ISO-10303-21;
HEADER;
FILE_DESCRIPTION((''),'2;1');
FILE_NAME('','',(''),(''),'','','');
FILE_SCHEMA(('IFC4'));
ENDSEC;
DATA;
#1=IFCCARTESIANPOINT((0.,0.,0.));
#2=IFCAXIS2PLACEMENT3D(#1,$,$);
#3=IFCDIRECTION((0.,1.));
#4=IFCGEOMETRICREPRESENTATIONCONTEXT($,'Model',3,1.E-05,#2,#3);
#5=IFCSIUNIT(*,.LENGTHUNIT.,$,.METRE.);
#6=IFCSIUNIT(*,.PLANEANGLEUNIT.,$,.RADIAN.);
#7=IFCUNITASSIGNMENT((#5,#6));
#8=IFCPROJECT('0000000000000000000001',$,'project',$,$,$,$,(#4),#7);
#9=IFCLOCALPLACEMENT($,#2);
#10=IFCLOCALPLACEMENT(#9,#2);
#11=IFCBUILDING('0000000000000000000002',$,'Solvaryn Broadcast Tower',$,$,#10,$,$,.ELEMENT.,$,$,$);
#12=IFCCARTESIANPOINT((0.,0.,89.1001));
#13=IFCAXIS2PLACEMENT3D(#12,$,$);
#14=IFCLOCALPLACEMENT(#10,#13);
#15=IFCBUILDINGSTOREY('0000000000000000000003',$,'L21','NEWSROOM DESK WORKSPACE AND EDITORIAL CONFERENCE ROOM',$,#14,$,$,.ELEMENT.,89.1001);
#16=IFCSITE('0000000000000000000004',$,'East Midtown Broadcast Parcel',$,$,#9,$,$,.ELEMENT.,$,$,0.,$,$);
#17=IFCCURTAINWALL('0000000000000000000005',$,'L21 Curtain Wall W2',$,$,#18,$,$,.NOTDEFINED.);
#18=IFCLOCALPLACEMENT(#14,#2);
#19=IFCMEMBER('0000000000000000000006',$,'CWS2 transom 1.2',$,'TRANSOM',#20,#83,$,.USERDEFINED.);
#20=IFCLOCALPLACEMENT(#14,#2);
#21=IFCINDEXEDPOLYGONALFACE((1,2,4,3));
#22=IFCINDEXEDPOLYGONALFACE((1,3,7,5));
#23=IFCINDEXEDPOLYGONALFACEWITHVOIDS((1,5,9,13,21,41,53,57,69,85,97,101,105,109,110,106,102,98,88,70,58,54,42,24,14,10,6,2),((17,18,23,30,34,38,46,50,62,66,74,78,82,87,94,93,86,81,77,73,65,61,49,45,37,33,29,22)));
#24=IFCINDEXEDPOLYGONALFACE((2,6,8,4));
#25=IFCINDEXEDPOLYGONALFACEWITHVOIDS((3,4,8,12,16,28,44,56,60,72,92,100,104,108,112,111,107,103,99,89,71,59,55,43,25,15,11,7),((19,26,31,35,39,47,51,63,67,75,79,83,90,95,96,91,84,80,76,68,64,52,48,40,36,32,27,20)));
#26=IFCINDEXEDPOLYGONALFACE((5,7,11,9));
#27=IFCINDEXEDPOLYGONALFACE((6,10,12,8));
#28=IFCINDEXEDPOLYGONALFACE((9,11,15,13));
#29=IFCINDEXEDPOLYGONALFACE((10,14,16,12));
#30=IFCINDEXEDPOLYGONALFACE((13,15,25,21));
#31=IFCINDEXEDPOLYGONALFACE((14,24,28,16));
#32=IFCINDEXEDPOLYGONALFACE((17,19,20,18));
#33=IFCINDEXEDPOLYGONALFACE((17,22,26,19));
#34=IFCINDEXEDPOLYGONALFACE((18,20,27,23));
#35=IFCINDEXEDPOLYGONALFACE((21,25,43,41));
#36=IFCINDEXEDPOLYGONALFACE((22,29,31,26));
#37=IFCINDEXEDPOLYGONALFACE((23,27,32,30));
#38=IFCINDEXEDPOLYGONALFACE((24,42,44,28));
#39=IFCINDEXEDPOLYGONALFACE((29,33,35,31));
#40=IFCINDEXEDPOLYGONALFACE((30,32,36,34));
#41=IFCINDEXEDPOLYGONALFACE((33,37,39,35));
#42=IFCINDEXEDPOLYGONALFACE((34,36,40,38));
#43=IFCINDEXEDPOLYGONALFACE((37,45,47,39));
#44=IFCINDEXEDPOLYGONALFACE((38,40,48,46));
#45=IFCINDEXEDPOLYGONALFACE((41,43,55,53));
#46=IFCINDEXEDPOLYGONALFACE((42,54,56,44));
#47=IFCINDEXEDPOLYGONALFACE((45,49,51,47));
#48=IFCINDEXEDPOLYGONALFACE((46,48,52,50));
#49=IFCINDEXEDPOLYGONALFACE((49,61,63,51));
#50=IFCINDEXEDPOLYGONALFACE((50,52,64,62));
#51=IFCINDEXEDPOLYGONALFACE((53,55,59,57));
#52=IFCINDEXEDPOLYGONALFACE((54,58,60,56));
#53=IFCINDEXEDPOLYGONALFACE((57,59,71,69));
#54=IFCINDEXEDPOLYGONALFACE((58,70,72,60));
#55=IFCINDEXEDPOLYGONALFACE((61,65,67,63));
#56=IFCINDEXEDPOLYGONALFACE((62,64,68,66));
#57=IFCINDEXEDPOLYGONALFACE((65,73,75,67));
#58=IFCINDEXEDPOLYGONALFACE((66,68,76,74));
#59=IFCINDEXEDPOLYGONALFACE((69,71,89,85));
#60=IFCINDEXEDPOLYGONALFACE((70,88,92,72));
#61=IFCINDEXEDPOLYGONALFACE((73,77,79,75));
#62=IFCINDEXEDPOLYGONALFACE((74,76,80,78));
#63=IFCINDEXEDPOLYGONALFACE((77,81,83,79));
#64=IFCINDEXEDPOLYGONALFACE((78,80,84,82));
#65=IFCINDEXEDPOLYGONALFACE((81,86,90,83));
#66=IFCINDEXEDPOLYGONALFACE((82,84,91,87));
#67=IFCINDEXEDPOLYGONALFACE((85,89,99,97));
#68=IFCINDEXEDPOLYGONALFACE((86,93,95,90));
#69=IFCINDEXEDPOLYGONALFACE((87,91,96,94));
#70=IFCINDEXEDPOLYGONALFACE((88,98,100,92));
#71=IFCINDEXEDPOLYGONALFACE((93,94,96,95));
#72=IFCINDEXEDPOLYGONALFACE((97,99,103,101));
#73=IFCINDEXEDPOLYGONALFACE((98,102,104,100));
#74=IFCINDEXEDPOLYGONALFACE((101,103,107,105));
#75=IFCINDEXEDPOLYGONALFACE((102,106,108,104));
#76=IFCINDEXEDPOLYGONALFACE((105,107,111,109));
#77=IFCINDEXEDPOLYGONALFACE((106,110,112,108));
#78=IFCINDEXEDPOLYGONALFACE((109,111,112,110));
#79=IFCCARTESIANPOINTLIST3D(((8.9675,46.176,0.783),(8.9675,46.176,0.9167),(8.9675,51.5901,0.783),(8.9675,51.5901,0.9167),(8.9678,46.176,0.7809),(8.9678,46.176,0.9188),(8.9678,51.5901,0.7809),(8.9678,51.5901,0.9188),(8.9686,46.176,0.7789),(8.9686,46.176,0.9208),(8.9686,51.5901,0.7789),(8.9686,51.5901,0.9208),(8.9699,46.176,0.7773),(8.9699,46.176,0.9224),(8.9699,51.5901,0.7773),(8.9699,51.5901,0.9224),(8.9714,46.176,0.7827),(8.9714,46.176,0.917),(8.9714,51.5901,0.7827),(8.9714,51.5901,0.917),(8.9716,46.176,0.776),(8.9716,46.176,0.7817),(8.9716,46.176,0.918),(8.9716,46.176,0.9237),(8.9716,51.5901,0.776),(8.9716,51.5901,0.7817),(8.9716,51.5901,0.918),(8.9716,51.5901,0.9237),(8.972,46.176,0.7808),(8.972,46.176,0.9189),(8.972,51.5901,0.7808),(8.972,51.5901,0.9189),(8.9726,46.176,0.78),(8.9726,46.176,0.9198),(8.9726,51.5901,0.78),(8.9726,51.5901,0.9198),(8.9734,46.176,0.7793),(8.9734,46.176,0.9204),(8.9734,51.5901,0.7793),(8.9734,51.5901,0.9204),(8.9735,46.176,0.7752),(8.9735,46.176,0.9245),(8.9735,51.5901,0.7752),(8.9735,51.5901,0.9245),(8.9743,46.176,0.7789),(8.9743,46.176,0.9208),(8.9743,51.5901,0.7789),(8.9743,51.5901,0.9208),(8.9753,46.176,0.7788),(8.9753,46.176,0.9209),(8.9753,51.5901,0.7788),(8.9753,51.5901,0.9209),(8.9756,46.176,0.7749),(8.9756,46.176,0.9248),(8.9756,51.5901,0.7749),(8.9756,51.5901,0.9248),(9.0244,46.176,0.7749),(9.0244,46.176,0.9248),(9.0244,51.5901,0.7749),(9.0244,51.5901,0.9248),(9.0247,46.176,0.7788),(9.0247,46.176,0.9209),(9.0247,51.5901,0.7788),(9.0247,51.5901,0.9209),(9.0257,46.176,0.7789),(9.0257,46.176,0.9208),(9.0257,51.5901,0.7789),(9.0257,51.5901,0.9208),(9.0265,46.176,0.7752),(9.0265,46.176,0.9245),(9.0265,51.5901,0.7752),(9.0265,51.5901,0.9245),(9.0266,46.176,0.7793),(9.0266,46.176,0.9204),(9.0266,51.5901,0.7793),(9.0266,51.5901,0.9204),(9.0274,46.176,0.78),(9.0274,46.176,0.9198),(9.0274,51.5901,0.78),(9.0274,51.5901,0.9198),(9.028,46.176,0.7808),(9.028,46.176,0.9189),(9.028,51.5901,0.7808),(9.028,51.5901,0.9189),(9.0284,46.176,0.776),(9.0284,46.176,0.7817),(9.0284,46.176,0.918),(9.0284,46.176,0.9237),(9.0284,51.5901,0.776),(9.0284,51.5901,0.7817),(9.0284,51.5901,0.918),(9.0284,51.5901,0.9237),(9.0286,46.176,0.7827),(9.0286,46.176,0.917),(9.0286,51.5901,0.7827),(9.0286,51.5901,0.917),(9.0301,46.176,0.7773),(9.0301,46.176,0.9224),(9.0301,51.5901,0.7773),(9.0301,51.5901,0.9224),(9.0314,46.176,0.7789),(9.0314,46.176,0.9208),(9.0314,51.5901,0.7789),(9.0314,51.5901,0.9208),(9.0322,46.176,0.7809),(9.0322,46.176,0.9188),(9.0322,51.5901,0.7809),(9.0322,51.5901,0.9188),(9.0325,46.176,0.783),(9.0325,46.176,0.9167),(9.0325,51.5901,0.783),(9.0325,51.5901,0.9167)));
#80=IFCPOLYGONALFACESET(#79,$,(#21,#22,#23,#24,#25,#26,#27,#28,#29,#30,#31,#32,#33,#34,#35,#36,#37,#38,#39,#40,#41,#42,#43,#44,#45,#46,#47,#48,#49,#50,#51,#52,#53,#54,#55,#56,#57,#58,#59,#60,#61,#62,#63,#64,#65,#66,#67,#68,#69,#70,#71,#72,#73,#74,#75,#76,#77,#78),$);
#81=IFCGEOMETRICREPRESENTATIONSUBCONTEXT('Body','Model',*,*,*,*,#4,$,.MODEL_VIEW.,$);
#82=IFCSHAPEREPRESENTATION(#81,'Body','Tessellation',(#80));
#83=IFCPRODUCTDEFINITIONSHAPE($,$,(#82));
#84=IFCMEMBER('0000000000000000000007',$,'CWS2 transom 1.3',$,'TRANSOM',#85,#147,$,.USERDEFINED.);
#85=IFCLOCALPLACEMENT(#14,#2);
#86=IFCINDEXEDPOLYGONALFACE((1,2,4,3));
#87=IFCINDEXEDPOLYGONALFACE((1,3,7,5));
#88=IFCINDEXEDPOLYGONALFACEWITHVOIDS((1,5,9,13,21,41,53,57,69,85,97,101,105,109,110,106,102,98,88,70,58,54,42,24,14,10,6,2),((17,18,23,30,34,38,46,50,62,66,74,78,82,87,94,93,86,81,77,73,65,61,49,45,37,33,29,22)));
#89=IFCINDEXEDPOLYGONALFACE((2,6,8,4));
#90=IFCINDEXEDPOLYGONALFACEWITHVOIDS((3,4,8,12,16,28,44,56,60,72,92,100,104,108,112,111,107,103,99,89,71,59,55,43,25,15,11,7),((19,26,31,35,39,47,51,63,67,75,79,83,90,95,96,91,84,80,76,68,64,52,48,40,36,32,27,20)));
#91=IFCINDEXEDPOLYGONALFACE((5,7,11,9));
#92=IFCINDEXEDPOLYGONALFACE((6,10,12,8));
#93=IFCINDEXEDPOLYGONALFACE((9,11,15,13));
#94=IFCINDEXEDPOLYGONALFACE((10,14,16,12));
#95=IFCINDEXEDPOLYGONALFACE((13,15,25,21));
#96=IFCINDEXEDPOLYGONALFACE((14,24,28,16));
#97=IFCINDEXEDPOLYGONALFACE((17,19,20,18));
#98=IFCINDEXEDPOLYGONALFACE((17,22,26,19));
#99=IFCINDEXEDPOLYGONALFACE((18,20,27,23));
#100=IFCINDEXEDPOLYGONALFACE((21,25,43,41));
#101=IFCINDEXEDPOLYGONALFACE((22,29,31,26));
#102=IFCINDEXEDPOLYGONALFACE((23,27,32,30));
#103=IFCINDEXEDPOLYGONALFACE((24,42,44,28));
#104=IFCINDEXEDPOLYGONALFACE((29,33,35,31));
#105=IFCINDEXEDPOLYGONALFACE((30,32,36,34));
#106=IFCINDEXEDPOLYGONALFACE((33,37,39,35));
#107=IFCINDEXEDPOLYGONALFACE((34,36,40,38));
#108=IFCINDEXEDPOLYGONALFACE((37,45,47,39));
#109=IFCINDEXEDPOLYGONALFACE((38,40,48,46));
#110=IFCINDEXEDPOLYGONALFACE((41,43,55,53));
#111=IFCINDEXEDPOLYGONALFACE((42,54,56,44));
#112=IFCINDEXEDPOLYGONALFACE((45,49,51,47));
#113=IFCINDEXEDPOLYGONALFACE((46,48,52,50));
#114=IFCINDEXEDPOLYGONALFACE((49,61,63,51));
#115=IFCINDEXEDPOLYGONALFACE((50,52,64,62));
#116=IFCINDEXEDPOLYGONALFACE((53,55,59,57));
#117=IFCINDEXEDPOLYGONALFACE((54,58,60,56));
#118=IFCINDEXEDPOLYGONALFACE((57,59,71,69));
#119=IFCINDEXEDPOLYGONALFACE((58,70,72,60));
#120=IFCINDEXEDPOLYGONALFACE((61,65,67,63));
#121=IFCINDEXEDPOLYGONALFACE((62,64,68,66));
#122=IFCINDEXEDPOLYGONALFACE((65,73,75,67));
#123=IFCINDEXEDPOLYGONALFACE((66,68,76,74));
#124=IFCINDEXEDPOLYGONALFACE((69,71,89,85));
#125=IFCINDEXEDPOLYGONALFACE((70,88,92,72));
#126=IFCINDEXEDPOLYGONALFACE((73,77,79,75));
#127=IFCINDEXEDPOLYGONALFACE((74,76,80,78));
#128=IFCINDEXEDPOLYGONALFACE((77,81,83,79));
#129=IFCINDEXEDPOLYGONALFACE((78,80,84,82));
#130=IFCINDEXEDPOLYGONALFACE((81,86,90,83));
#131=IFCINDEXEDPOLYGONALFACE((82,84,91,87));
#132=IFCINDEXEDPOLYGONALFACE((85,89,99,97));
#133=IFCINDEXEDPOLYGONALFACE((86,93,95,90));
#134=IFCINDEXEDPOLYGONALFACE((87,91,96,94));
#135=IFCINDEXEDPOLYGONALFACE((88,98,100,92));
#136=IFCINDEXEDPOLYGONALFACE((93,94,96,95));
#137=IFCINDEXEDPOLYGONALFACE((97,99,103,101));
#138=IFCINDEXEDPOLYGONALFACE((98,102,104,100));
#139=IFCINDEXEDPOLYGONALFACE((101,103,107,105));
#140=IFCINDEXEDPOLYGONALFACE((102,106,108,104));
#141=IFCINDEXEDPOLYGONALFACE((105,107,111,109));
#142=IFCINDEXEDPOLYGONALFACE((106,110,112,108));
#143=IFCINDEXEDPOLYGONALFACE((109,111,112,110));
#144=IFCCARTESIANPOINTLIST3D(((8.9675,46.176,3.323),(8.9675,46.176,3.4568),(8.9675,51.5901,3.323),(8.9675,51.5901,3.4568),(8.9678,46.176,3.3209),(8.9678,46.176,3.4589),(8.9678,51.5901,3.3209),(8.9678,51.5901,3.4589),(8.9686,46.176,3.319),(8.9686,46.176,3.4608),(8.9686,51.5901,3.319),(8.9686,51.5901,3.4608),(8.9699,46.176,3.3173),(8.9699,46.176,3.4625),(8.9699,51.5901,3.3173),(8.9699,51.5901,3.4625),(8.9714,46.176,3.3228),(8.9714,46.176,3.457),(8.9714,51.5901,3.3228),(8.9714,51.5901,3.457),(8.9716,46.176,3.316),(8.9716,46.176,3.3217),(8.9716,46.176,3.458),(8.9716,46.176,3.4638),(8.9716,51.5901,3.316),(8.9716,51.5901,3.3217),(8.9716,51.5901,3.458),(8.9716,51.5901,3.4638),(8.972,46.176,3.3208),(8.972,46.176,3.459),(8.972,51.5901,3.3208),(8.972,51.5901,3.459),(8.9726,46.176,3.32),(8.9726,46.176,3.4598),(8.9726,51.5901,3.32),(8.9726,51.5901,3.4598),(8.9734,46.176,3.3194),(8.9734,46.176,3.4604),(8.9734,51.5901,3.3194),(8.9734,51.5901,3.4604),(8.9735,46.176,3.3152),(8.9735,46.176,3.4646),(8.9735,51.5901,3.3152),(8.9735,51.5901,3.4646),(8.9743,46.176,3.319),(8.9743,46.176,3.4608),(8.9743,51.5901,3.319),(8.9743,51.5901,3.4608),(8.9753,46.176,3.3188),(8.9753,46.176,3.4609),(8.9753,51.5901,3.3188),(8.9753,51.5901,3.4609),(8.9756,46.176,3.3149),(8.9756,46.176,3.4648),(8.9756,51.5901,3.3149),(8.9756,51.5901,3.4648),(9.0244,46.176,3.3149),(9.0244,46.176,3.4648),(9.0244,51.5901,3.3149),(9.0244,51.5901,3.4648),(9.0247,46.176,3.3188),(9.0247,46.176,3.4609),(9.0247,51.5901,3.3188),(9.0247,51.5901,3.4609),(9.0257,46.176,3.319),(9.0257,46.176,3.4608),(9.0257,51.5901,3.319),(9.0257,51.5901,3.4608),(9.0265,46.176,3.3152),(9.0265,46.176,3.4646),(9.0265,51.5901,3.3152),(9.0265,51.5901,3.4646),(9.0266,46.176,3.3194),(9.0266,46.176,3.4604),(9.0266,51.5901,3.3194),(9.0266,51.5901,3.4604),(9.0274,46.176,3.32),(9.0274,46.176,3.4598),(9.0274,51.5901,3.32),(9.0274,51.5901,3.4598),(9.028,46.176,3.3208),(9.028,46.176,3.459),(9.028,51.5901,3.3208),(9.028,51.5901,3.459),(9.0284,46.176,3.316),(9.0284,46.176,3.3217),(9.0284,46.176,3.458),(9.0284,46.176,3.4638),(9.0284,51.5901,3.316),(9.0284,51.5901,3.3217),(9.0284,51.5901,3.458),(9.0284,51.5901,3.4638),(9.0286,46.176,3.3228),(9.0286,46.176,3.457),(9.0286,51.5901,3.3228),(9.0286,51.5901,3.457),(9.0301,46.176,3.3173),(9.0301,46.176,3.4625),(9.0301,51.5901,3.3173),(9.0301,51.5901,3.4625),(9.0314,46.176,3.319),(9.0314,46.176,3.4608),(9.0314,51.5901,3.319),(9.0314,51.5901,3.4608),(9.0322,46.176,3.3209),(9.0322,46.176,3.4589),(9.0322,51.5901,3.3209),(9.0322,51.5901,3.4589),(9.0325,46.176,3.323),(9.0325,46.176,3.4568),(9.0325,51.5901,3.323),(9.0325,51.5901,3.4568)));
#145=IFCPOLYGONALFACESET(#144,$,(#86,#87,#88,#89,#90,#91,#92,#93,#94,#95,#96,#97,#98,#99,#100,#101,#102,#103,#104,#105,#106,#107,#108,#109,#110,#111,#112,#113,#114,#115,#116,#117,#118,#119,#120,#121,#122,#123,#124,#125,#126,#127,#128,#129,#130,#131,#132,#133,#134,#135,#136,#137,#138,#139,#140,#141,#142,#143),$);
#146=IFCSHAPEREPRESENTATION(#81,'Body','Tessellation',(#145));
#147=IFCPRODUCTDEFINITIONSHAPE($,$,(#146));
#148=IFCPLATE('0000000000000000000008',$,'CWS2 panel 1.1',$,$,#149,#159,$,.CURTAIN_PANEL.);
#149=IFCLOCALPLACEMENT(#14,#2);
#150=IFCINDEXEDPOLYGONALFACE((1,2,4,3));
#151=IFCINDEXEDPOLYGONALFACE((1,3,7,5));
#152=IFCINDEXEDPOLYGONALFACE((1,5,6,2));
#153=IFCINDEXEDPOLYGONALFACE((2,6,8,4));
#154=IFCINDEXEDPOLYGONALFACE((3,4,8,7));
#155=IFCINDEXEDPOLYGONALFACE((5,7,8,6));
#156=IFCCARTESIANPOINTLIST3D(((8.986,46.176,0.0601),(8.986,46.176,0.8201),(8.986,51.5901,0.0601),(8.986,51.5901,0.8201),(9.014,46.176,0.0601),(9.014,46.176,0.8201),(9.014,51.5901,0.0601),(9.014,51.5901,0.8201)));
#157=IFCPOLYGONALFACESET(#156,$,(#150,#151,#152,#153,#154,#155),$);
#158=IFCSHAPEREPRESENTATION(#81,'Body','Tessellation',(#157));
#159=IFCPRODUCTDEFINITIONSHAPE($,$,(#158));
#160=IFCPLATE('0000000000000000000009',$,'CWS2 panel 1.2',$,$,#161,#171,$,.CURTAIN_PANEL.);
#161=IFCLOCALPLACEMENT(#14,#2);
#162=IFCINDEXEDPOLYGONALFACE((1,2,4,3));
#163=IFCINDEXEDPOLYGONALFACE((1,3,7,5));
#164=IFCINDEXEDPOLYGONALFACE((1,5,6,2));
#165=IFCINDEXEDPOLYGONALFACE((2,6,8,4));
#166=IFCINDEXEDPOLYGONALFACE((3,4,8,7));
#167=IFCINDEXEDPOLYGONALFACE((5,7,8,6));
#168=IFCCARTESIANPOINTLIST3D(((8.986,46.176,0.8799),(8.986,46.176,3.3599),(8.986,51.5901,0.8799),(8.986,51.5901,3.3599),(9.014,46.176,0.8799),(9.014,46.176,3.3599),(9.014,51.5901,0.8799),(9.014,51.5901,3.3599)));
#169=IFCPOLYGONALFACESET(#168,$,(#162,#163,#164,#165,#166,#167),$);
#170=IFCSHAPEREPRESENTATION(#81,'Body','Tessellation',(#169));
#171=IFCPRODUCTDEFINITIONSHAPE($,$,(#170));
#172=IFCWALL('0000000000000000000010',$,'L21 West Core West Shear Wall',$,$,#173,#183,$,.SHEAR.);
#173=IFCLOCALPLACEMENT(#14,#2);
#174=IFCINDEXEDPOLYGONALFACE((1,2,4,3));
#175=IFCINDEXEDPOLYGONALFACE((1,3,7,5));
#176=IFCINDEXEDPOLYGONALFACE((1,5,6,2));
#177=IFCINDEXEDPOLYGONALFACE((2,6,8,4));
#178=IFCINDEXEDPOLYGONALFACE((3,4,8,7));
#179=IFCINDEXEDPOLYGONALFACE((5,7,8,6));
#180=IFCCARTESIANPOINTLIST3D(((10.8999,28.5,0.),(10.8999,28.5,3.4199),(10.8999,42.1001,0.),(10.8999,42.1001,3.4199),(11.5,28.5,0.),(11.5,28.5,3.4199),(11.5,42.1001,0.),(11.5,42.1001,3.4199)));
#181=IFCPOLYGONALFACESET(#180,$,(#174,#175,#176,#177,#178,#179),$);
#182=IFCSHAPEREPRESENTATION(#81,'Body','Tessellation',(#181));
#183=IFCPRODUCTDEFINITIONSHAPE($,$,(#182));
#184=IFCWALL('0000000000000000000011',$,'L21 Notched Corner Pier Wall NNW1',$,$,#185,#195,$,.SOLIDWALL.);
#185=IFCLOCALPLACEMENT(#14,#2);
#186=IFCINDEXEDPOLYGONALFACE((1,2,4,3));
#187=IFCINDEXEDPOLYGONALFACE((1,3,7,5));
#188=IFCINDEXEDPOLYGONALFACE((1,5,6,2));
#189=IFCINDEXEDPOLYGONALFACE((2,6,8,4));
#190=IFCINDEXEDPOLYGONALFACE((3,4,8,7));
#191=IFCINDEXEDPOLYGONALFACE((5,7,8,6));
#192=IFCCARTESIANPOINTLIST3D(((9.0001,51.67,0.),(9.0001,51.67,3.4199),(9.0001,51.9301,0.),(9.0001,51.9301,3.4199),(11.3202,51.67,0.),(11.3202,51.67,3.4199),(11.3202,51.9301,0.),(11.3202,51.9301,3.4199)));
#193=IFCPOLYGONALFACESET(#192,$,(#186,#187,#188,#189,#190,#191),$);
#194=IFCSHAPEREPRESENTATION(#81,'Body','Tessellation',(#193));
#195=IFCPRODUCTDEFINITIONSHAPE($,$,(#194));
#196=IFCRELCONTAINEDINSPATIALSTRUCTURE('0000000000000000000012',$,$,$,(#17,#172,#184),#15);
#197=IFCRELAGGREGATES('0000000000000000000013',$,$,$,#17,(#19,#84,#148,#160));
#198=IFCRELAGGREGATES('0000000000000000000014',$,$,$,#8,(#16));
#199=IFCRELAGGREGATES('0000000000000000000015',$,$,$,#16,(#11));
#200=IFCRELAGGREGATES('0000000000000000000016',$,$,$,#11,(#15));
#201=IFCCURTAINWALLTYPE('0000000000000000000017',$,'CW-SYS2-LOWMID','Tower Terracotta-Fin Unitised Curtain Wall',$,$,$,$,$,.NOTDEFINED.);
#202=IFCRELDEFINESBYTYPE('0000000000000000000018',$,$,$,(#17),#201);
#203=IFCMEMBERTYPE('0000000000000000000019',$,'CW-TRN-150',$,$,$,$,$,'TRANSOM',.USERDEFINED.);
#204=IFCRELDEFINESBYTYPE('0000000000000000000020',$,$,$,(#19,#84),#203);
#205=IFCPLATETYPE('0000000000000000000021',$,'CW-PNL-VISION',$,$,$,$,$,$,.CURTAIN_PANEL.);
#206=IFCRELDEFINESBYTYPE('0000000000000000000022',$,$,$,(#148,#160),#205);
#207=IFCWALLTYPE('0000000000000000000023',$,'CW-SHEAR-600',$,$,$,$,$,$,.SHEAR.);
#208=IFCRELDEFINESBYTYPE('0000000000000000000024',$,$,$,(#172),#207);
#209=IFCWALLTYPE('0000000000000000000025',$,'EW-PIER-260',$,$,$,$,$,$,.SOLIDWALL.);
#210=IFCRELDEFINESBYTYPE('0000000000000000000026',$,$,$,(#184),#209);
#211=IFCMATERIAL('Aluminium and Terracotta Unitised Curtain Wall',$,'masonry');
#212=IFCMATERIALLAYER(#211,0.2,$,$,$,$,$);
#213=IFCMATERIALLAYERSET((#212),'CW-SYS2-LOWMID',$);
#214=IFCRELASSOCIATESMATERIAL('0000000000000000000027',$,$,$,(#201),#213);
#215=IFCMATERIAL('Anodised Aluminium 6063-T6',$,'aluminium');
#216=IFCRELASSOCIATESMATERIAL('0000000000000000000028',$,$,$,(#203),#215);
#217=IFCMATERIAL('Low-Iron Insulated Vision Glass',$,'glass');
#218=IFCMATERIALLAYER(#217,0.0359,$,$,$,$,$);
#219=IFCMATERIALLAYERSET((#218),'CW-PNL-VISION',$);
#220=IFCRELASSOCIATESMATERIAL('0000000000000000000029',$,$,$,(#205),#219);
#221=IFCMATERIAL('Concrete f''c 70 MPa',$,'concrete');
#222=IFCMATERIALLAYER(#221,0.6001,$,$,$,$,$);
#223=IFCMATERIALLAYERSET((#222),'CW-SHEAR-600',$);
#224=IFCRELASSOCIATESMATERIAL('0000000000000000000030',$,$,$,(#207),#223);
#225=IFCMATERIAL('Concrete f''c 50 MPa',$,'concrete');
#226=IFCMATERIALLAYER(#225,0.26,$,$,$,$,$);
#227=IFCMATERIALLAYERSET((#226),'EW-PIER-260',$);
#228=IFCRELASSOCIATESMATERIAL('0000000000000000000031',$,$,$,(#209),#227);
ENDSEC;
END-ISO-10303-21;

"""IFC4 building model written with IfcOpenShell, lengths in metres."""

from ifc_helpers import new_model, si_unit, direction, frame, frame_2d, origin, origin_2d, place, context, subcontext, project, spatial, rectangle, hollow_rectangle, extrude, material, layer, layer_set, material_profile, profile_set, type_object, element, aggregate, save


model = new_model("IFC4")

# Units and contexts
model_context = context("Model", 3, precision=1e-05, world=origin(), true_north=direction((0.0, 1.0)))
body_context = subcontext(model_context, "Body", "Model", "MODEL_VIEW")
ifc_project = project(units=[si_unit("LENGTHUNIT", "METRE"), si_unit("PLANEANGLEUNIT", "RADIAN")], contexts=[model_context])

# Site, building, storey
site_placement = place(None, origin())
site = spatial("IfcSite", under=ifc_project, at=site_placement, Name="East Midtown Broadcast Parcel", CompositionType="ELEMENT", RefElevation=0.0)
building_placement = place(site_placement, origin())
building = spatial("IfcBuilding", under=site, at=building_placement, Name="Solvaryn Broadcast Tower", CompositionType="ELEMENT")
storey_placement = place(building_placement, frame((0.0, 0.0, 89.1001)))
storey = spatial("IfcBuildingStorey", under=building, at=storey_placement, Name="L21", Description="NEWSROOM DESK WORKSPACE AND EDITORIAL CONFERENCE ROOM", CompositionType="ELEMENT", Elevation=89.1001)

# Shared definitions
ifc_material_1 = material(Name="Aluminium and Terracotta Unitised Curtain Wall", Category="masonry")
ifc_layer_1 = layer(ifc_material_1, 0.2)
ifc_layer_set_1 = layer_set([ifc_layer_1], Name="CW-SYS2-LOWMID")
curtain_wall_type = type_object("IfcCurtainWallType", Name="CW-SYS2-LOWMID", Description="Tower Terracotta-Fin Unitised Curtain Wall", PredefinedType="NOTDEFINED", material=ifc_layer_set_1)

# Curtain wall
curtain_wall_1_placement = place(storey_placement, origin())
curtain_wall_1 = element("IfcCurtainWall", 1, at=curtain_wall_1_placement, inside=storey, type_object=curtain_wall_type, Name="L21 Curtain Wall W2", PredefinedType="NOTDEFINED")

# Members
ifc_material_2 = material(Name="Anodised Aluminium 6063-T6", Category="aluminium")
ifc_material_profile_1 = material_profile(ifc_material_2, hollow_rectangle(XDim=0.0649, YDim=0.1499, WallThickness=0.0039, InnerFilletRadius=0.0039, OuterFilletRadius=0.0081, at=origin_2d()))
ifc_profile_set_1 = profile_set([ifc_material_profile_1], Name="Anodised Aluminium 6063-T6")
member_type_1 = type_object("IfcMemberType", Name="CW-TRN-150", ElementType="TRANSOM", PredefinedType="USERDEFINED", material=ifc_profile_set_1)
member_1_placement = place(storey_placement, frame((9.0, 46.176, 0.8499), z_axis=(0.0, 1.0, 0.0), x_axis=(-1.0, 0.0, 0.0)))
member_1 = element("IfcMember", 2, at=member_1_placement, type_object=member_type_1, Name="CWS2 transom 1.2", ObjectType="TRANSOM", PredefinedType="USERDEFINED", context=body_context, shape_type="SweptSolid", body=[
    extrude(hollow_rectangle(XDim=0.0649, YDim=0.1499, WallThickness=0.0039, InnerFilletRadius=0.0039, OuterFilletRadius=0.0081, at=origin_2d()), origin(), (0.0, 0.0, 1.0), 5.4141),
])
member_2_placement = place(storey_placement, frame((9.0, 46.176, 3.3899), z_axis=(0.0, 1.0, 0.0), x_axis=(-1.0, 0.0, 0.0)))
member_2 = element("IfcMember", 3, at=member_2_placement, type_object=member_type_1, Name="CWS2 transom 1.3", ObjectType="TRANSOM", PredefinedType="USERDEFINED", context=body_context, shape_type="SweptSolid", body=[
    extrude(hollow_rectangle(XDim=0.0649, YDim=0.1499, WallThickness=0.0039, InnerFilletRadius=0.0039, OuterFilletRadius=0.0081, at=origin_2d()), origin(), (0.0, 0.0, 1.0), 5.4141),
])

# Plates
ifc_material_3 = material(Name="Low-Iron Insulated Vision Glass", Category="glass")
ifc_layer_2 = layer(ifc_material_3, 0.0359)
ifc_layer_set_2 = layer_set([ifc_layer_2], Name="CW-PNL-VISION")
plate_type = type_object("IfcPlateType", Name="CW-PNL-VISION", PredefinedType="CURTAIN_PANEL", material=ifc_layer_set_2)
plate_1_placement = place(storey_placement, frame((9.0, 48.8831, 0.0601), z_axis=(0.0, 0.0, 1.0), x_axis=(0.0, 1.0, 0.0)))
plate_1 = element("IfcPlate", 4, at=plate_1_placement, type_object=plate_type, Name="CWS2 panel 1.1", PredefinedType="CURTAIN_PANEL", context=body_context, shape_type="SweptSolid", body=[
    extrude(rectangle(XDim=5.4141, YDim=0.0281, at=origin_2d()), origin(), (0.0, 0.0, 1.0), 0.76),
])
plate_2_placement = place(storey_placement, frame((9.0, 48.8831, 0.8799), z_axis=(0.0, 0.0, 1.0), x_axis=(0.0, 1.0, 0.0)))
plate_2 = element("IfcPlate", 5, at=plate_2_placement, type_object=plate_type, Name="CWS2 panel 1.2", PredefinedType="CURTAIN_PANEL", context=body_context, shape_type="SweptSolid", body=[
    extrude(rectangle(XDim=5.4141, YDim=0.0281, at=origin_2d()), origin(), (0.0, 0.0, 1.0), 2.48),
])
aggregate(curtain_wall_1, [member_1, member_2, plate_1, plate_2])

# Walls
ifc_material_4 = material(Name="Concrete f'c 70 MPa", Category="concrete")
ifc_layer_3 = layer(ifc_material_4, 0.6001)
ifc_layer_set_3 = layer_set([ifc_layer_3], Name="CW-SHEAR-600")
wall_type_1 = type_object("IfcWallType", Name="CW-SHEAR-600", PredefinedType="SHEAR", material=ifc_layer_set_3)
wall_1_placement = place(storey_placement, frame((11.2, 42.1001, 0.0), z_axis=(0.0, 0.0, 1.0), x_axis=(0.0, -1.0, 0.0)))
element("IfcWall", 6, at=wall_1_placement, inside=storey, type_object=wall_type_1, Name="L21 West Core West Shear Wall", PredefinedType="SHEAR", context=body_context, shape_type="SweptSolid", body=[
    extrude(rectangle(XDim=13.6001, YDim=0.6001, at=frame_2d((6.8, 0.0))), origin(), (0.0, 0.0, 1.0), 3.4199),
])
ifc_material_5 = material(Name="Concrete f'c 50 MPa", Category="concrete")
ifc_layer_4 = layer(ifc_material_5, 0.26)
ifc_layer_set_4 = layer_set([ifc_layer_4], Name="EW-PIER-260")
wall_type_2 = type_object("IfcWallType", Name="EW-PIER-260", PredefinedType="SOLIDWALL", material=ifc_layer_set_4)
wall_2_placement = place(storey_placement, frame((9.0, 51.8, 0.0), z_axis=(0.0, 0.0, 1.0), x_axis=(1.0, 0.0, 0.0)))
element("IfcWall", 7, at=wall_2_placement, inside=storey, type_object=wall_type_2, Name="L21 Notched Corner Pier Wall NNW1", PredefinedType="SOLIDWALL", context=body_context, shape_type="SweptSolid", body=[
    extrude(rectangle(XDim=2.3201, YDim=0.26, at=frame_2d((1.1602, 0.0))), origin(), (0.0, 0.0, 1.0), 3.4199),
])

save(model, "model.ifc")
